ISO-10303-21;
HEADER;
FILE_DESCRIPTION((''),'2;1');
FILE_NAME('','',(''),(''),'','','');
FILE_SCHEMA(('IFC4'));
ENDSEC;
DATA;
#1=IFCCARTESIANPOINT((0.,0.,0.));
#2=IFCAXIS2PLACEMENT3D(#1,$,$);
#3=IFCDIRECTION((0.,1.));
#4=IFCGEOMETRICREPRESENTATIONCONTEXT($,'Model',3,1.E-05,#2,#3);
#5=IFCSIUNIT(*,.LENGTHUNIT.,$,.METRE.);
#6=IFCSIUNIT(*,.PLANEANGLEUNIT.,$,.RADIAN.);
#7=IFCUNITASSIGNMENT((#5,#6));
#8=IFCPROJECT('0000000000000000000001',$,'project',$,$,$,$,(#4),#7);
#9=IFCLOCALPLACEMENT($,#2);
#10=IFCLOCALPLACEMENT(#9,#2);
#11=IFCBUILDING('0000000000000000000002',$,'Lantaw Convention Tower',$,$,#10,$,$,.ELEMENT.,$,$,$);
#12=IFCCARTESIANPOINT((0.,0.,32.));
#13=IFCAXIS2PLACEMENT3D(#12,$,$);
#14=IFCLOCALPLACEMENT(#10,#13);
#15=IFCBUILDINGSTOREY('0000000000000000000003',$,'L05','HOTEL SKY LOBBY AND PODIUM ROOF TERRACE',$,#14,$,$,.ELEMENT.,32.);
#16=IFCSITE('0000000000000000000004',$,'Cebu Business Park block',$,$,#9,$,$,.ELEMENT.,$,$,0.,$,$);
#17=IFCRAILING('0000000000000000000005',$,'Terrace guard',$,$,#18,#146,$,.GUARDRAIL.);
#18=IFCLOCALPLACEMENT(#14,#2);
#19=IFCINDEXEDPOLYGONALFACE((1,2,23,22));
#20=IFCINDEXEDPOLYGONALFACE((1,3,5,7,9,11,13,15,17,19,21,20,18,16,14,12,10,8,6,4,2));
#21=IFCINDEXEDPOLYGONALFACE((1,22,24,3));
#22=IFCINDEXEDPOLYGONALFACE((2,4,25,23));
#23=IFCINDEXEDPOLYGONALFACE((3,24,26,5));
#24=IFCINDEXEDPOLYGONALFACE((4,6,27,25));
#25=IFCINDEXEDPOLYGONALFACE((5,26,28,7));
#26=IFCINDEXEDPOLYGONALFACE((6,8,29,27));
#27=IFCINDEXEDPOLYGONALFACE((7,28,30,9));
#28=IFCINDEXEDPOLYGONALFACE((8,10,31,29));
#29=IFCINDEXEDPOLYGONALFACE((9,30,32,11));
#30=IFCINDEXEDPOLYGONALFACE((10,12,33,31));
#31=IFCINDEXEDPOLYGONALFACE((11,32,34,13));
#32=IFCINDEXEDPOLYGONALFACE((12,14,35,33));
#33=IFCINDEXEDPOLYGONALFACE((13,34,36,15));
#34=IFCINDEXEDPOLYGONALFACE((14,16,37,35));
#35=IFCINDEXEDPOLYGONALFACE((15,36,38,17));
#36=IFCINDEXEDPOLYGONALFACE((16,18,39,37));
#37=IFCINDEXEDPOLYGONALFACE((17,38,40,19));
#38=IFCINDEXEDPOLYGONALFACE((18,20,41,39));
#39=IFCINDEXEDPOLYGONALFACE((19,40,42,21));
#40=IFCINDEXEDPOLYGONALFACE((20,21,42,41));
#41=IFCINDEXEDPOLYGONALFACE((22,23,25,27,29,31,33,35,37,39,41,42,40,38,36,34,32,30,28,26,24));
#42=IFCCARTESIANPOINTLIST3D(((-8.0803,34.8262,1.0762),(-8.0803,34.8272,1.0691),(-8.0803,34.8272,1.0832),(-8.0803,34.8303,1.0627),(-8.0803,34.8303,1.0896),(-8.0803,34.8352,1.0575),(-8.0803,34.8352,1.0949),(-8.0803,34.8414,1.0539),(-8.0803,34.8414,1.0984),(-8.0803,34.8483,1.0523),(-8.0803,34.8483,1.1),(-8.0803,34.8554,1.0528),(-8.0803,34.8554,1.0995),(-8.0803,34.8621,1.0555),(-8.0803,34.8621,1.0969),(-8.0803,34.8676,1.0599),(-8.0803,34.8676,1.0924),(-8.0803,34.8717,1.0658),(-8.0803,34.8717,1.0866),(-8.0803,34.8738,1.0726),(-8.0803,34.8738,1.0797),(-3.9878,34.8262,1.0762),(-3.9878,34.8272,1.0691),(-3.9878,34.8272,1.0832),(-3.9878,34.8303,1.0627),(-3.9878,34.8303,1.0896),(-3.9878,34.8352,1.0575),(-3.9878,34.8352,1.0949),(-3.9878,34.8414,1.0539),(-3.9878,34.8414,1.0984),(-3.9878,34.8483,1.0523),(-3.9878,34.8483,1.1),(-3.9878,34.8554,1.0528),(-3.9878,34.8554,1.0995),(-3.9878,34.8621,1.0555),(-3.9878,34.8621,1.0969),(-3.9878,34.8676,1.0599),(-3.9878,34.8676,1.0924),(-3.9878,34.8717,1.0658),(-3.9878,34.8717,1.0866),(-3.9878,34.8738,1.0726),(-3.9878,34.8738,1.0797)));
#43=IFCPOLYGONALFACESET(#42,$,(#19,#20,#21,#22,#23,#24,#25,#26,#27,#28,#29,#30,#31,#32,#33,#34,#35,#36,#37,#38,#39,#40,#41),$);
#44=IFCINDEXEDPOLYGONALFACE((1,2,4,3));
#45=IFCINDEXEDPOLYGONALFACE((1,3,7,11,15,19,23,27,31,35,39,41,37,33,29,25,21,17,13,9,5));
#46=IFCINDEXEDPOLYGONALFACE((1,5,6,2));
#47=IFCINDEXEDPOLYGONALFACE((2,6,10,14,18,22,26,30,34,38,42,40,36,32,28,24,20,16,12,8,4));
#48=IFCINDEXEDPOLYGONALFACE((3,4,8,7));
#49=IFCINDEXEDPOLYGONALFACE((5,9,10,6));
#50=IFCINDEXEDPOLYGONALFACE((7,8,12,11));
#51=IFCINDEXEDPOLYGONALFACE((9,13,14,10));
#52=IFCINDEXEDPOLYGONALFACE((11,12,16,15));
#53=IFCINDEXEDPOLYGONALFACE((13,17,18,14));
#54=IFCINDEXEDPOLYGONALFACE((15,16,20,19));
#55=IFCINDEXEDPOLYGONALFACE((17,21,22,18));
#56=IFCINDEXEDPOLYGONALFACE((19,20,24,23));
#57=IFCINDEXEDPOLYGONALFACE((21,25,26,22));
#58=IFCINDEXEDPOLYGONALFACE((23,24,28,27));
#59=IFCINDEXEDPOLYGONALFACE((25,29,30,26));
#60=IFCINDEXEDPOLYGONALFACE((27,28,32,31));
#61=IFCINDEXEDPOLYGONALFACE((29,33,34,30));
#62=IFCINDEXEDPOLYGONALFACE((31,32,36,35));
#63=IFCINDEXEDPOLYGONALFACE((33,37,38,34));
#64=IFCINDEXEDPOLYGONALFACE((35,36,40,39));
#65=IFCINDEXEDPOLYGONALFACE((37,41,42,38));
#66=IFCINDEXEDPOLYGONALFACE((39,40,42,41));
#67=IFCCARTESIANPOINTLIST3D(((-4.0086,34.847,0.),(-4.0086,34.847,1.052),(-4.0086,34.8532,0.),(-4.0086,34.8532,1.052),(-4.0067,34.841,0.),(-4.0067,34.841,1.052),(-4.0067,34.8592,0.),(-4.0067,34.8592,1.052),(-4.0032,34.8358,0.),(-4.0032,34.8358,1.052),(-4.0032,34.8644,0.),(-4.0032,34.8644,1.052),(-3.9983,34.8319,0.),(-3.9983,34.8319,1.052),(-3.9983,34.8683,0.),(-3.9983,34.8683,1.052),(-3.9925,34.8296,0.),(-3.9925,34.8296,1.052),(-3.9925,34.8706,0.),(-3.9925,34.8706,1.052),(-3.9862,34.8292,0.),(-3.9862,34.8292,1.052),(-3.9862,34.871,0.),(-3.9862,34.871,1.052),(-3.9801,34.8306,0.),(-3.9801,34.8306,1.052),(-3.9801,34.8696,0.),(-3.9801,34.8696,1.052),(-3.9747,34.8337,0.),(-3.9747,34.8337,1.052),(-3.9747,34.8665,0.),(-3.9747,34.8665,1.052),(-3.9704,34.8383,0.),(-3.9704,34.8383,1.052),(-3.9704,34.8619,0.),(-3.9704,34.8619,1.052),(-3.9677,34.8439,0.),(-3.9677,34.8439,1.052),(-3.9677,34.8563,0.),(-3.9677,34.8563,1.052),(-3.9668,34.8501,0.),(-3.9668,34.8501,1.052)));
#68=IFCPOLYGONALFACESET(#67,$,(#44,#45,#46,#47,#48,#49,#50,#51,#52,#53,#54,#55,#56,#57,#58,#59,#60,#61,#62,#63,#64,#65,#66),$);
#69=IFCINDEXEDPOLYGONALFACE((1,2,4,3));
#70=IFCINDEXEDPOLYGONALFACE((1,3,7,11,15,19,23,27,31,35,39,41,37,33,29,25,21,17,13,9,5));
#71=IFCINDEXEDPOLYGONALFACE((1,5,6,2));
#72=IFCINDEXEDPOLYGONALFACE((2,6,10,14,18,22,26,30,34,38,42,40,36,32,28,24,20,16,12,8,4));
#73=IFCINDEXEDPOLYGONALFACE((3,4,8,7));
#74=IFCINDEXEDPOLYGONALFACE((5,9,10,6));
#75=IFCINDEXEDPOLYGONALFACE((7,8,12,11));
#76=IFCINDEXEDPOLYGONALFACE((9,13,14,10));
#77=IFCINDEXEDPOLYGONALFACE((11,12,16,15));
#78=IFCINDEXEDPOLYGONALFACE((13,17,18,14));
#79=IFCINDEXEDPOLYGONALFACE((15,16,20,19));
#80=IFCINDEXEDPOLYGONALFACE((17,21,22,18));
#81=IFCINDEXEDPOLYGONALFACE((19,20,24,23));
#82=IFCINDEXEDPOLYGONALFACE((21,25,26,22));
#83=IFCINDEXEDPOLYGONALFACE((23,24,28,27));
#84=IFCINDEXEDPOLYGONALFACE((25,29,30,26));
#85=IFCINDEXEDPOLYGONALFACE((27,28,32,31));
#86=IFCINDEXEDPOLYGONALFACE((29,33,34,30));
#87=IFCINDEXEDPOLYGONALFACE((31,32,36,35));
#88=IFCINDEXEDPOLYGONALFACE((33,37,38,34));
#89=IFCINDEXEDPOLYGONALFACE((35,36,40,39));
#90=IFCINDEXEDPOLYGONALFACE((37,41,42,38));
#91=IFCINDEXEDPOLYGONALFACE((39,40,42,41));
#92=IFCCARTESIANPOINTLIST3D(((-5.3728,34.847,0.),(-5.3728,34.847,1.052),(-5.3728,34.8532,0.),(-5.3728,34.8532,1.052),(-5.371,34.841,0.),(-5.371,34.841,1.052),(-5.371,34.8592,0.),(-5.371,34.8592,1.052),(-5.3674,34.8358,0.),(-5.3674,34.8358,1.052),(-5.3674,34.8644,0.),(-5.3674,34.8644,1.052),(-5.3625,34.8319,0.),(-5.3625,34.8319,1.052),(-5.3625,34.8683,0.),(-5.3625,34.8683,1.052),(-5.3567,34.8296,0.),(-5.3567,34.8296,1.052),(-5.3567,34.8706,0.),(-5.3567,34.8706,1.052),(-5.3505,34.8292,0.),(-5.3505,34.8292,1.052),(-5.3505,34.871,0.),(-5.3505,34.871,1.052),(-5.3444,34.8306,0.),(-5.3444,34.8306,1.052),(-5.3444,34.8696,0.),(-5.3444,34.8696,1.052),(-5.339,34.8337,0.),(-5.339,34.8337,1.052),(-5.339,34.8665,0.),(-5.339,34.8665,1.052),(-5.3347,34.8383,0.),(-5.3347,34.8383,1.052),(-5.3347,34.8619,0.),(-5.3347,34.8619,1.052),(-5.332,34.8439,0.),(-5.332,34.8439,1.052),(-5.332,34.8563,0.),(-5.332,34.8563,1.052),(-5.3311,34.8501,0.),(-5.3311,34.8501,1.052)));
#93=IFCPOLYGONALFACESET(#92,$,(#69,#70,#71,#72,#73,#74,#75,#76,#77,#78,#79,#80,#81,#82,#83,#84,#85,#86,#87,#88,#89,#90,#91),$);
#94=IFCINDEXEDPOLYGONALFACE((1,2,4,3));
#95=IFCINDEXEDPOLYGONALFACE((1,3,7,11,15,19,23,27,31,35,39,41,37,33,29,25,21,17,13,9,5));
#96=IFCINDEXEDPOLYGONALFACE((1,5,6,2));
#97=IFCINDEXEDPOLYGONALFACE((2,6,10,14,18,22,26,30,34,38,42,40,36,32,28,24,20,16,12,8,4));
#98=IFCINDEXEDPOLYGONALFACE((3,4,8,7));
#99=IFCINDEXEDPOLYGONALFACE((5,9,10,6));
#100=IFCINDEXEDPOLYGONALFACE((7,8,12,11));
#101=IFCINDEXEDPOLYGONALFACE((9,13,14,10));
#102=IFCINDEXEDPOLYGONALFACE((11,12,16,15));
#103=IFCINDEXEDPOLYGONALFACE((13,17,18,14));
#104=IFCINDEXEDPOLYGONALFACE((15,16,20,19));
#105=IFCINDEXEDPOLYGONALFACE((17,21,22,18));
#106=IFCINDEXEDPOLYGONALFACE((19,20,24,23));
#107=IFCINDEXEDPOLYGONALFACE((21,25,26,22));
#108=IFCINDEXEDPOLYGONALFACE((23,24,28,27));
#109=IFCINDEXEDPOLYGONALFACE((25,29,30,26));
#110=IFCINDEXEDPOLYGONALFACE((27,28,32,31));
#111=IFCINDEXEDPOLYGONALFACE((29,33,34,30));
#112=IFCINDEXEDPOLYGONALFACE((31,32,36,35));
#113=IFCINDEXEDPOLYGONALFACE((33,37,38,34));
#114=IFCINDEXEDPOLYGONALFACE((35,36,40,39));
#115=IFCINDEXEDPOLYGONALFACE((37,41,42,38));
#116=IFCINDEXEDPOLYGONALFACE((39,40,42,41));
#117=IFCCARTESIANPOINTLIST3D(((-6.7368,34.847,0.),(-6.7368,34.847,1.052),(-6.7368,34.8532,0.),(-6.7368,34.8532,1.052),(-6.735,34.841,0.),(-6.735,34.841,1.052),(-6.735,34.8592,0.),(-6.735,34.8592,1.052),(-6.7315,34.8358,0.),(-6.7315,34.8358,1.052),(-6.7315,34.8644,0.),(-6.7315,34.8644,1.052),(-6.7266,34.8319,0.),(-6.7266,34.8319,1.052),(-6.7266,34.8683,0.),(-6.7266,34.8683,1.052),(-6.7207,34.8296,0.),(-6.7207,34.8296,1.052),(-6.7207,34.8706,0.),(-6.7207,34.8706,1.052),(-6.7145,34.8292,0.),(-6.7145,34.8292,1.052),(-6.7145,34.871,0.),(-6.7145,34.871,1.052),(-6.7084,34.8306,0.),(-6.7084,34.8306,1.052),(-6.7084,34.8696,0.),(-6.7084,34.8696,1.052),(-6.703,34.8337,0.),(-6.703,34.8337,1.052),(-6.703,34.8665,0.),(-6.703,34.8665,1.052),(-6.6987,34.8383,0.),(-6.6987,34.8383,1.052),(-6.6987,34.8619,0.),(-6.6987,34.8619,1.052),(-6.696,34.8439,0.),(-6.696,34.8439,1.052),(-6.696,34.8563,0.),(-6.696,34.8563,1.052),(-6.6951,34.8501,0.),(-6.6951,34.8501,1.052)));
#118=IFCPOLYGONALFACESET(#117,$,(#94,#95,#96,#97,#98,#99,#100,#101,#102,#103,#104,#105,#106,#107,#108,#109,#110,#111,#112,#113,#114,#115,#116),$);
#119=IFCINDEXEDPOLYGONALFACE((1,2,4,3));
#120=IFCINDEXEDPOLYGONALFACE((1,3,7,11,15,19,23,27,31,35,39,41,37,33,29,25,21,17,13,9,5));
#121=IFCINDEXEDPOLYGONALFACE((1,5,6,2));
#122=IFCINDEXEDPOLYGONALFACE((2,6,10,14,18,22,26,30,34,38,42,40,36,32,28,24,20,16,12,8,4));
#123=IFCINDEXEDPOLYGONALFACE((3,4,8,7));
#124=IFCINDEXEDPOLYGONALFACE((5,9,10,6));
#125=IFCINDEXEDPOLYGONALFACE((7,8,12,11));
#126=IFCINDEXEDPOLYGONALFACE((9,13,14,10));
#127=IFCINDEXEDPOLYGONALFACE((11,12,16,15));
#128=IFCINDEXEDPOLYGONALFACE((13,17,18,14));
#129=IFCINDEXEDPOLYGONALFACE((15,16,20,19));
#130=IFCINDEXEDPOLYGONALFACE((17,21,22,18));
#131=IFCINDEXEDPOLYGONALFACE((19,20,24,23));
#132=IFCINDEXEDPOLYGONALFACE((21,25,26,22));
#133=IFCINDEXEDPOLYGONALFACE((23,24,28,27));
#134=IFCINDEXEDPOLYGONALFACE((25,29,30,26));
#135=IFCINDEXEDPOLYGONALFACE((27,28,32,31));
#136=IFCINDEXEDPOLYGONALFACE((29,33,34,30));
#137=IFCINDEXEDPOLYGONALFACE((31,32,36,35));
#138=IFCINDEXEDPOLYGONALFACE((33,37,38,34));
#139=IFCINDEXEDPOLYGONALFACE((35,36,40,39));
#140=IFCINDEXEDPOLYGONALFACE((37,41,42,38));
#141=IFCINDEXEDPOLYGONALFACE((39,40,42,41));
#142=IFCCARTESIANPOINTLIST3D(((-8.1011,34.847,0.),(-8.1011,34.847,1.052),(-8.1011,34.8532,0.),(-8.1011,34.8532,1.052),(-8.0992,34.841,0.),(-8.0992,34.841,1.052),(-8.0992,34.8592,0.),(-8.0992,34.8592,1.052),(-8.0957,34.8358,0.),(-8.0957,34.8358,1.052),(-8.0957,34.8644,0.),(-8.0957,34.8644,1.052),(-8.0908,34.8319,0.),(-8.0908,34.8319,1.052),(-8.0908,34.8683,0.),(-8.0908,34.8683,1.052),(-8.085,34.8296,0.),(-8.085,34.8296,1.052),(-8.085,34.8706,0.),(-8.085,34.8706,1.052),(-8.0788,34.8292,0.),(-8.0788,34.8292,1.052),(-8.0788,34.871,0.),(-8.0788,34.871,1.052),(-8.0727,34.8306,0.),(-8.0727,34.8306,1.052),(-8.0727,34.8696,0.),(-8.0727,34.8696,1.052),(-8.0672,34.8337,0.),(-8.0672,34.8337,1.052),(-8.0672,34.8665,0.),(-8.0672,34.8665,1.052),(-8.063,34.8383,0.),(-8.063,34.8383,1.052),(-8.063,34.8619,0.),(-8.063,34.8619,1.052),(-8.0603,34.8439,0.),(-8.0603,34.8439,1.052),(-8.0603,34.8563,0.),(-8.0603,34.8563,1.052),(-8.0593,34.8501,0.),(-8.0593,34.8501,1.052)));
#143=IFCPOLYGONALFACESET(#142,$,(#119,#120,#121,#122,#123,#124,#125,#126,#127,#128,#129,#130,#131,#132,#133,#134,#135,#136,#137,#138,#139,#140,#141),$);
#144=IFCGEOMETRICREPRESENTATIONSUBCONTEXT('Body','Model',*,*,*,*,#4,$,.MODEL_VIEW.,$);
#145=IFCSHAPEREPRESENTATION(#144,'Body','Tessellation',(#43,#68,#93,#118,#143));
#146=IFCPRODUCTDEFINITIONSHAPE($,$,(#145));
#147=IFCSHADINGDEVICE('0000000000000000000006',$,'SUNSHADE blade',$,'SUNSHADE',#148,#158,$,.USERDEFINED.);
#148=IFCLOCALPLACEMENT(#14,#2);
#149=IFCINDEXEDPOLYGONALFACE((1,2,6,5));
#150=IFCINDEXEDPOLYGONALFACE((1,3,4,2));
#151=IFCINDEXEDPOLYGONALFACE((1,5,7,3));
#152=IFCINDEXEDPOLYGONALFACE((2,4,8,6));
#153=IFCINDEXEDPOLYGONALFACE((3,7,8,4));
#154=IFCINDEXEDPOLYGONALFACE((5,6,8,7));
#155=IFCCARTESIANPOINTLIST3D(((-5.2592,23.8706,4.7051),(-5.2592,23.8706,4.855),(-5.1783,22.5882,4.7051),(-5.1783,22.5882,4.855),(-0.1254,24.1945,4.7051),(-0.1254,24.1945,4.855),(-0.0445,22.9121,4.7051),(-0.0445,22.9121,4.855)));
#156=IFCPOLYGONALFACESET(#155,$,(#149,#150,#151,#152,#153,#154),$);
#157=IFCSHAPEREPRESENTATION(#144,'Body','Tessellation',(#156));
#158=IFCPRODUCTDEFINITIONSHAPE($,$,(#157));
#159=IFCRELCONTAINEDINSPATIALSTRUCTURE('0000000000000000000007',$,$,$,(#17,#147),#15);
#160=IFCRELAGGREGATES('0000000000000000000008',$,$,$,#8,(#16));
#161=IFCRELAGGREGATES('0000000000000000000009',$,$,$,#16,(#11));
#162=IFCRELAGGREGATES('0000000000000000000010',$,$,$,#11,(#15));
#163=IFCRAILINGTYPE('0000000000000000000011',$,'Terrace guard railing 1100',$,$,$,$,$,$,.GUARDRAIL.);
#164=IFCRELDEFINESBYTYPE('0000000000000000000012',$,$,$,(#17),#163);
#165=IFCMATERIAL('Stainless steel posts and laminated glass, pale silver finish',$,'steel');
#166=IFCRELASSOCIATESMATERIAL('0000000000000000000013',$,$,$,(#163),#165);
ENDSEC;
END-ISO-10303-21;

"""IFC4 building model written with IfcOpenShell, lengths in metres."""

from ifc_helpers import new_model, si_unit, direction, frame, origin, origin_2d, place, context, subcontext, project, spatial, rectangle, circle, extrude, material, type_object, element, save


model = new_model("IFC4")

# Units and contexts
model_context = context("Model", 3, precision=1e-05, world=origin(), true_north=direction((0.0, 1.0)))
body_context = subcontext(model_context, "Body", "Model", "MODEL_VIEW")
ifc_project = project(units=[si_unit("LENGTHUNIT", "METRE"), si_unit("PLANEANGLEUNIT", "RADIAN")], contexts=[model_context])

# Site, building, storey
site_placement = place(None, origin())
site = spatial("IfcSite", under=ifc_project, at=site_placement, Name="Cebu Business Park block", CompositionType="ELEMENT", RefElevation=0.0)
building_placement = place(site_placement, origin())
building = spatial("IfcBuilding", under=site, at=building_placement, Name="Lantaw Convention Tower", CompositionType="ELEMENT")
storey_placement = place(building_placement, frame((0.0, 0.0, 32.0)))
storey = spatial("IfcBuildingStorey", under=building, at=storey_placement, Name="L05", Description="HOTEL SKY LOBBY AND PODIUM ROOF TERRACE", CompositionType="ELEMENT", Elevation=32.0)

# Railing
ifc_material_1 = material(Name="Stainless steel posts and laminated glass, pale silver finish", Category="steel")
railing_type = type_object("IfcRailingType", Name="Terrace guard railing 1100", PredefinedType="GUARDRAIL", material=ifc_material_1)
railing_1_placement = place(storey_placement, frame((-3.9878, 34.8501, 0.0)))
element("IfcRailing", 1, at=railing_1_placement, inside=storey, type_object=railing_type, Name="Terrace guard", PredefinedType="GUARDRAIL", context=body_context, shape_type="SweptSolid", body=[
    extrude(circle(Radius=0.0239, at=origin_2d()), frame((0.0, 0.0, 1.0762), z_axis=(-1.0, 0.0, 0.0), x_axis=(0.0, -1.0, 0.0)), (0.0, 0.0, 1.0), 4.0925),
    extrude(circle(Radius=0.021, at=origin_2d()), origin(), (0.0, 0.0, 1.0), 1.052),
    extrude(circle(Radius=0.021, at=origin_2d()), frame((-1.3643, 0.0, 0.0)), (0.0, 0.0, 1.0), 1.052),
    extrude(circle(Radius=0.021, at=origin_2d()), frame((-2.7283, 0.0, 0.0)), (0.0, 0.0, 1.0), 1.052),
    extrude(circle(Radius=0.021, at=origin_2d()), frame((-4.0925, 0.0, 0.0)), (0.0, 0.0, 1.0), 1.052),
])

# Shading device
shading_device_placement = place(storey_placement, frame((-2.6519, 23.3914, 4.7051), z_axis=(0.0, 0.0, 1.0), x_axis=(-0.998016, -0.062958, 0.0)))
element("IfcShadingDevice", 2, at=shading_device_placement, inside=storey, Name="SUNSHADE blade", ObjectType="SUNSHADE", PredefinedType="USERDEFINED", context=body_context, shape_type="SweptSolid", body=[
    extrude(rectangle(XDim=5.144, YDim=1.2849, at=origin_2d()), origin(), (0.0, 0.0, 1.0), 0.1499),
])

save(model, "model.ifc")
